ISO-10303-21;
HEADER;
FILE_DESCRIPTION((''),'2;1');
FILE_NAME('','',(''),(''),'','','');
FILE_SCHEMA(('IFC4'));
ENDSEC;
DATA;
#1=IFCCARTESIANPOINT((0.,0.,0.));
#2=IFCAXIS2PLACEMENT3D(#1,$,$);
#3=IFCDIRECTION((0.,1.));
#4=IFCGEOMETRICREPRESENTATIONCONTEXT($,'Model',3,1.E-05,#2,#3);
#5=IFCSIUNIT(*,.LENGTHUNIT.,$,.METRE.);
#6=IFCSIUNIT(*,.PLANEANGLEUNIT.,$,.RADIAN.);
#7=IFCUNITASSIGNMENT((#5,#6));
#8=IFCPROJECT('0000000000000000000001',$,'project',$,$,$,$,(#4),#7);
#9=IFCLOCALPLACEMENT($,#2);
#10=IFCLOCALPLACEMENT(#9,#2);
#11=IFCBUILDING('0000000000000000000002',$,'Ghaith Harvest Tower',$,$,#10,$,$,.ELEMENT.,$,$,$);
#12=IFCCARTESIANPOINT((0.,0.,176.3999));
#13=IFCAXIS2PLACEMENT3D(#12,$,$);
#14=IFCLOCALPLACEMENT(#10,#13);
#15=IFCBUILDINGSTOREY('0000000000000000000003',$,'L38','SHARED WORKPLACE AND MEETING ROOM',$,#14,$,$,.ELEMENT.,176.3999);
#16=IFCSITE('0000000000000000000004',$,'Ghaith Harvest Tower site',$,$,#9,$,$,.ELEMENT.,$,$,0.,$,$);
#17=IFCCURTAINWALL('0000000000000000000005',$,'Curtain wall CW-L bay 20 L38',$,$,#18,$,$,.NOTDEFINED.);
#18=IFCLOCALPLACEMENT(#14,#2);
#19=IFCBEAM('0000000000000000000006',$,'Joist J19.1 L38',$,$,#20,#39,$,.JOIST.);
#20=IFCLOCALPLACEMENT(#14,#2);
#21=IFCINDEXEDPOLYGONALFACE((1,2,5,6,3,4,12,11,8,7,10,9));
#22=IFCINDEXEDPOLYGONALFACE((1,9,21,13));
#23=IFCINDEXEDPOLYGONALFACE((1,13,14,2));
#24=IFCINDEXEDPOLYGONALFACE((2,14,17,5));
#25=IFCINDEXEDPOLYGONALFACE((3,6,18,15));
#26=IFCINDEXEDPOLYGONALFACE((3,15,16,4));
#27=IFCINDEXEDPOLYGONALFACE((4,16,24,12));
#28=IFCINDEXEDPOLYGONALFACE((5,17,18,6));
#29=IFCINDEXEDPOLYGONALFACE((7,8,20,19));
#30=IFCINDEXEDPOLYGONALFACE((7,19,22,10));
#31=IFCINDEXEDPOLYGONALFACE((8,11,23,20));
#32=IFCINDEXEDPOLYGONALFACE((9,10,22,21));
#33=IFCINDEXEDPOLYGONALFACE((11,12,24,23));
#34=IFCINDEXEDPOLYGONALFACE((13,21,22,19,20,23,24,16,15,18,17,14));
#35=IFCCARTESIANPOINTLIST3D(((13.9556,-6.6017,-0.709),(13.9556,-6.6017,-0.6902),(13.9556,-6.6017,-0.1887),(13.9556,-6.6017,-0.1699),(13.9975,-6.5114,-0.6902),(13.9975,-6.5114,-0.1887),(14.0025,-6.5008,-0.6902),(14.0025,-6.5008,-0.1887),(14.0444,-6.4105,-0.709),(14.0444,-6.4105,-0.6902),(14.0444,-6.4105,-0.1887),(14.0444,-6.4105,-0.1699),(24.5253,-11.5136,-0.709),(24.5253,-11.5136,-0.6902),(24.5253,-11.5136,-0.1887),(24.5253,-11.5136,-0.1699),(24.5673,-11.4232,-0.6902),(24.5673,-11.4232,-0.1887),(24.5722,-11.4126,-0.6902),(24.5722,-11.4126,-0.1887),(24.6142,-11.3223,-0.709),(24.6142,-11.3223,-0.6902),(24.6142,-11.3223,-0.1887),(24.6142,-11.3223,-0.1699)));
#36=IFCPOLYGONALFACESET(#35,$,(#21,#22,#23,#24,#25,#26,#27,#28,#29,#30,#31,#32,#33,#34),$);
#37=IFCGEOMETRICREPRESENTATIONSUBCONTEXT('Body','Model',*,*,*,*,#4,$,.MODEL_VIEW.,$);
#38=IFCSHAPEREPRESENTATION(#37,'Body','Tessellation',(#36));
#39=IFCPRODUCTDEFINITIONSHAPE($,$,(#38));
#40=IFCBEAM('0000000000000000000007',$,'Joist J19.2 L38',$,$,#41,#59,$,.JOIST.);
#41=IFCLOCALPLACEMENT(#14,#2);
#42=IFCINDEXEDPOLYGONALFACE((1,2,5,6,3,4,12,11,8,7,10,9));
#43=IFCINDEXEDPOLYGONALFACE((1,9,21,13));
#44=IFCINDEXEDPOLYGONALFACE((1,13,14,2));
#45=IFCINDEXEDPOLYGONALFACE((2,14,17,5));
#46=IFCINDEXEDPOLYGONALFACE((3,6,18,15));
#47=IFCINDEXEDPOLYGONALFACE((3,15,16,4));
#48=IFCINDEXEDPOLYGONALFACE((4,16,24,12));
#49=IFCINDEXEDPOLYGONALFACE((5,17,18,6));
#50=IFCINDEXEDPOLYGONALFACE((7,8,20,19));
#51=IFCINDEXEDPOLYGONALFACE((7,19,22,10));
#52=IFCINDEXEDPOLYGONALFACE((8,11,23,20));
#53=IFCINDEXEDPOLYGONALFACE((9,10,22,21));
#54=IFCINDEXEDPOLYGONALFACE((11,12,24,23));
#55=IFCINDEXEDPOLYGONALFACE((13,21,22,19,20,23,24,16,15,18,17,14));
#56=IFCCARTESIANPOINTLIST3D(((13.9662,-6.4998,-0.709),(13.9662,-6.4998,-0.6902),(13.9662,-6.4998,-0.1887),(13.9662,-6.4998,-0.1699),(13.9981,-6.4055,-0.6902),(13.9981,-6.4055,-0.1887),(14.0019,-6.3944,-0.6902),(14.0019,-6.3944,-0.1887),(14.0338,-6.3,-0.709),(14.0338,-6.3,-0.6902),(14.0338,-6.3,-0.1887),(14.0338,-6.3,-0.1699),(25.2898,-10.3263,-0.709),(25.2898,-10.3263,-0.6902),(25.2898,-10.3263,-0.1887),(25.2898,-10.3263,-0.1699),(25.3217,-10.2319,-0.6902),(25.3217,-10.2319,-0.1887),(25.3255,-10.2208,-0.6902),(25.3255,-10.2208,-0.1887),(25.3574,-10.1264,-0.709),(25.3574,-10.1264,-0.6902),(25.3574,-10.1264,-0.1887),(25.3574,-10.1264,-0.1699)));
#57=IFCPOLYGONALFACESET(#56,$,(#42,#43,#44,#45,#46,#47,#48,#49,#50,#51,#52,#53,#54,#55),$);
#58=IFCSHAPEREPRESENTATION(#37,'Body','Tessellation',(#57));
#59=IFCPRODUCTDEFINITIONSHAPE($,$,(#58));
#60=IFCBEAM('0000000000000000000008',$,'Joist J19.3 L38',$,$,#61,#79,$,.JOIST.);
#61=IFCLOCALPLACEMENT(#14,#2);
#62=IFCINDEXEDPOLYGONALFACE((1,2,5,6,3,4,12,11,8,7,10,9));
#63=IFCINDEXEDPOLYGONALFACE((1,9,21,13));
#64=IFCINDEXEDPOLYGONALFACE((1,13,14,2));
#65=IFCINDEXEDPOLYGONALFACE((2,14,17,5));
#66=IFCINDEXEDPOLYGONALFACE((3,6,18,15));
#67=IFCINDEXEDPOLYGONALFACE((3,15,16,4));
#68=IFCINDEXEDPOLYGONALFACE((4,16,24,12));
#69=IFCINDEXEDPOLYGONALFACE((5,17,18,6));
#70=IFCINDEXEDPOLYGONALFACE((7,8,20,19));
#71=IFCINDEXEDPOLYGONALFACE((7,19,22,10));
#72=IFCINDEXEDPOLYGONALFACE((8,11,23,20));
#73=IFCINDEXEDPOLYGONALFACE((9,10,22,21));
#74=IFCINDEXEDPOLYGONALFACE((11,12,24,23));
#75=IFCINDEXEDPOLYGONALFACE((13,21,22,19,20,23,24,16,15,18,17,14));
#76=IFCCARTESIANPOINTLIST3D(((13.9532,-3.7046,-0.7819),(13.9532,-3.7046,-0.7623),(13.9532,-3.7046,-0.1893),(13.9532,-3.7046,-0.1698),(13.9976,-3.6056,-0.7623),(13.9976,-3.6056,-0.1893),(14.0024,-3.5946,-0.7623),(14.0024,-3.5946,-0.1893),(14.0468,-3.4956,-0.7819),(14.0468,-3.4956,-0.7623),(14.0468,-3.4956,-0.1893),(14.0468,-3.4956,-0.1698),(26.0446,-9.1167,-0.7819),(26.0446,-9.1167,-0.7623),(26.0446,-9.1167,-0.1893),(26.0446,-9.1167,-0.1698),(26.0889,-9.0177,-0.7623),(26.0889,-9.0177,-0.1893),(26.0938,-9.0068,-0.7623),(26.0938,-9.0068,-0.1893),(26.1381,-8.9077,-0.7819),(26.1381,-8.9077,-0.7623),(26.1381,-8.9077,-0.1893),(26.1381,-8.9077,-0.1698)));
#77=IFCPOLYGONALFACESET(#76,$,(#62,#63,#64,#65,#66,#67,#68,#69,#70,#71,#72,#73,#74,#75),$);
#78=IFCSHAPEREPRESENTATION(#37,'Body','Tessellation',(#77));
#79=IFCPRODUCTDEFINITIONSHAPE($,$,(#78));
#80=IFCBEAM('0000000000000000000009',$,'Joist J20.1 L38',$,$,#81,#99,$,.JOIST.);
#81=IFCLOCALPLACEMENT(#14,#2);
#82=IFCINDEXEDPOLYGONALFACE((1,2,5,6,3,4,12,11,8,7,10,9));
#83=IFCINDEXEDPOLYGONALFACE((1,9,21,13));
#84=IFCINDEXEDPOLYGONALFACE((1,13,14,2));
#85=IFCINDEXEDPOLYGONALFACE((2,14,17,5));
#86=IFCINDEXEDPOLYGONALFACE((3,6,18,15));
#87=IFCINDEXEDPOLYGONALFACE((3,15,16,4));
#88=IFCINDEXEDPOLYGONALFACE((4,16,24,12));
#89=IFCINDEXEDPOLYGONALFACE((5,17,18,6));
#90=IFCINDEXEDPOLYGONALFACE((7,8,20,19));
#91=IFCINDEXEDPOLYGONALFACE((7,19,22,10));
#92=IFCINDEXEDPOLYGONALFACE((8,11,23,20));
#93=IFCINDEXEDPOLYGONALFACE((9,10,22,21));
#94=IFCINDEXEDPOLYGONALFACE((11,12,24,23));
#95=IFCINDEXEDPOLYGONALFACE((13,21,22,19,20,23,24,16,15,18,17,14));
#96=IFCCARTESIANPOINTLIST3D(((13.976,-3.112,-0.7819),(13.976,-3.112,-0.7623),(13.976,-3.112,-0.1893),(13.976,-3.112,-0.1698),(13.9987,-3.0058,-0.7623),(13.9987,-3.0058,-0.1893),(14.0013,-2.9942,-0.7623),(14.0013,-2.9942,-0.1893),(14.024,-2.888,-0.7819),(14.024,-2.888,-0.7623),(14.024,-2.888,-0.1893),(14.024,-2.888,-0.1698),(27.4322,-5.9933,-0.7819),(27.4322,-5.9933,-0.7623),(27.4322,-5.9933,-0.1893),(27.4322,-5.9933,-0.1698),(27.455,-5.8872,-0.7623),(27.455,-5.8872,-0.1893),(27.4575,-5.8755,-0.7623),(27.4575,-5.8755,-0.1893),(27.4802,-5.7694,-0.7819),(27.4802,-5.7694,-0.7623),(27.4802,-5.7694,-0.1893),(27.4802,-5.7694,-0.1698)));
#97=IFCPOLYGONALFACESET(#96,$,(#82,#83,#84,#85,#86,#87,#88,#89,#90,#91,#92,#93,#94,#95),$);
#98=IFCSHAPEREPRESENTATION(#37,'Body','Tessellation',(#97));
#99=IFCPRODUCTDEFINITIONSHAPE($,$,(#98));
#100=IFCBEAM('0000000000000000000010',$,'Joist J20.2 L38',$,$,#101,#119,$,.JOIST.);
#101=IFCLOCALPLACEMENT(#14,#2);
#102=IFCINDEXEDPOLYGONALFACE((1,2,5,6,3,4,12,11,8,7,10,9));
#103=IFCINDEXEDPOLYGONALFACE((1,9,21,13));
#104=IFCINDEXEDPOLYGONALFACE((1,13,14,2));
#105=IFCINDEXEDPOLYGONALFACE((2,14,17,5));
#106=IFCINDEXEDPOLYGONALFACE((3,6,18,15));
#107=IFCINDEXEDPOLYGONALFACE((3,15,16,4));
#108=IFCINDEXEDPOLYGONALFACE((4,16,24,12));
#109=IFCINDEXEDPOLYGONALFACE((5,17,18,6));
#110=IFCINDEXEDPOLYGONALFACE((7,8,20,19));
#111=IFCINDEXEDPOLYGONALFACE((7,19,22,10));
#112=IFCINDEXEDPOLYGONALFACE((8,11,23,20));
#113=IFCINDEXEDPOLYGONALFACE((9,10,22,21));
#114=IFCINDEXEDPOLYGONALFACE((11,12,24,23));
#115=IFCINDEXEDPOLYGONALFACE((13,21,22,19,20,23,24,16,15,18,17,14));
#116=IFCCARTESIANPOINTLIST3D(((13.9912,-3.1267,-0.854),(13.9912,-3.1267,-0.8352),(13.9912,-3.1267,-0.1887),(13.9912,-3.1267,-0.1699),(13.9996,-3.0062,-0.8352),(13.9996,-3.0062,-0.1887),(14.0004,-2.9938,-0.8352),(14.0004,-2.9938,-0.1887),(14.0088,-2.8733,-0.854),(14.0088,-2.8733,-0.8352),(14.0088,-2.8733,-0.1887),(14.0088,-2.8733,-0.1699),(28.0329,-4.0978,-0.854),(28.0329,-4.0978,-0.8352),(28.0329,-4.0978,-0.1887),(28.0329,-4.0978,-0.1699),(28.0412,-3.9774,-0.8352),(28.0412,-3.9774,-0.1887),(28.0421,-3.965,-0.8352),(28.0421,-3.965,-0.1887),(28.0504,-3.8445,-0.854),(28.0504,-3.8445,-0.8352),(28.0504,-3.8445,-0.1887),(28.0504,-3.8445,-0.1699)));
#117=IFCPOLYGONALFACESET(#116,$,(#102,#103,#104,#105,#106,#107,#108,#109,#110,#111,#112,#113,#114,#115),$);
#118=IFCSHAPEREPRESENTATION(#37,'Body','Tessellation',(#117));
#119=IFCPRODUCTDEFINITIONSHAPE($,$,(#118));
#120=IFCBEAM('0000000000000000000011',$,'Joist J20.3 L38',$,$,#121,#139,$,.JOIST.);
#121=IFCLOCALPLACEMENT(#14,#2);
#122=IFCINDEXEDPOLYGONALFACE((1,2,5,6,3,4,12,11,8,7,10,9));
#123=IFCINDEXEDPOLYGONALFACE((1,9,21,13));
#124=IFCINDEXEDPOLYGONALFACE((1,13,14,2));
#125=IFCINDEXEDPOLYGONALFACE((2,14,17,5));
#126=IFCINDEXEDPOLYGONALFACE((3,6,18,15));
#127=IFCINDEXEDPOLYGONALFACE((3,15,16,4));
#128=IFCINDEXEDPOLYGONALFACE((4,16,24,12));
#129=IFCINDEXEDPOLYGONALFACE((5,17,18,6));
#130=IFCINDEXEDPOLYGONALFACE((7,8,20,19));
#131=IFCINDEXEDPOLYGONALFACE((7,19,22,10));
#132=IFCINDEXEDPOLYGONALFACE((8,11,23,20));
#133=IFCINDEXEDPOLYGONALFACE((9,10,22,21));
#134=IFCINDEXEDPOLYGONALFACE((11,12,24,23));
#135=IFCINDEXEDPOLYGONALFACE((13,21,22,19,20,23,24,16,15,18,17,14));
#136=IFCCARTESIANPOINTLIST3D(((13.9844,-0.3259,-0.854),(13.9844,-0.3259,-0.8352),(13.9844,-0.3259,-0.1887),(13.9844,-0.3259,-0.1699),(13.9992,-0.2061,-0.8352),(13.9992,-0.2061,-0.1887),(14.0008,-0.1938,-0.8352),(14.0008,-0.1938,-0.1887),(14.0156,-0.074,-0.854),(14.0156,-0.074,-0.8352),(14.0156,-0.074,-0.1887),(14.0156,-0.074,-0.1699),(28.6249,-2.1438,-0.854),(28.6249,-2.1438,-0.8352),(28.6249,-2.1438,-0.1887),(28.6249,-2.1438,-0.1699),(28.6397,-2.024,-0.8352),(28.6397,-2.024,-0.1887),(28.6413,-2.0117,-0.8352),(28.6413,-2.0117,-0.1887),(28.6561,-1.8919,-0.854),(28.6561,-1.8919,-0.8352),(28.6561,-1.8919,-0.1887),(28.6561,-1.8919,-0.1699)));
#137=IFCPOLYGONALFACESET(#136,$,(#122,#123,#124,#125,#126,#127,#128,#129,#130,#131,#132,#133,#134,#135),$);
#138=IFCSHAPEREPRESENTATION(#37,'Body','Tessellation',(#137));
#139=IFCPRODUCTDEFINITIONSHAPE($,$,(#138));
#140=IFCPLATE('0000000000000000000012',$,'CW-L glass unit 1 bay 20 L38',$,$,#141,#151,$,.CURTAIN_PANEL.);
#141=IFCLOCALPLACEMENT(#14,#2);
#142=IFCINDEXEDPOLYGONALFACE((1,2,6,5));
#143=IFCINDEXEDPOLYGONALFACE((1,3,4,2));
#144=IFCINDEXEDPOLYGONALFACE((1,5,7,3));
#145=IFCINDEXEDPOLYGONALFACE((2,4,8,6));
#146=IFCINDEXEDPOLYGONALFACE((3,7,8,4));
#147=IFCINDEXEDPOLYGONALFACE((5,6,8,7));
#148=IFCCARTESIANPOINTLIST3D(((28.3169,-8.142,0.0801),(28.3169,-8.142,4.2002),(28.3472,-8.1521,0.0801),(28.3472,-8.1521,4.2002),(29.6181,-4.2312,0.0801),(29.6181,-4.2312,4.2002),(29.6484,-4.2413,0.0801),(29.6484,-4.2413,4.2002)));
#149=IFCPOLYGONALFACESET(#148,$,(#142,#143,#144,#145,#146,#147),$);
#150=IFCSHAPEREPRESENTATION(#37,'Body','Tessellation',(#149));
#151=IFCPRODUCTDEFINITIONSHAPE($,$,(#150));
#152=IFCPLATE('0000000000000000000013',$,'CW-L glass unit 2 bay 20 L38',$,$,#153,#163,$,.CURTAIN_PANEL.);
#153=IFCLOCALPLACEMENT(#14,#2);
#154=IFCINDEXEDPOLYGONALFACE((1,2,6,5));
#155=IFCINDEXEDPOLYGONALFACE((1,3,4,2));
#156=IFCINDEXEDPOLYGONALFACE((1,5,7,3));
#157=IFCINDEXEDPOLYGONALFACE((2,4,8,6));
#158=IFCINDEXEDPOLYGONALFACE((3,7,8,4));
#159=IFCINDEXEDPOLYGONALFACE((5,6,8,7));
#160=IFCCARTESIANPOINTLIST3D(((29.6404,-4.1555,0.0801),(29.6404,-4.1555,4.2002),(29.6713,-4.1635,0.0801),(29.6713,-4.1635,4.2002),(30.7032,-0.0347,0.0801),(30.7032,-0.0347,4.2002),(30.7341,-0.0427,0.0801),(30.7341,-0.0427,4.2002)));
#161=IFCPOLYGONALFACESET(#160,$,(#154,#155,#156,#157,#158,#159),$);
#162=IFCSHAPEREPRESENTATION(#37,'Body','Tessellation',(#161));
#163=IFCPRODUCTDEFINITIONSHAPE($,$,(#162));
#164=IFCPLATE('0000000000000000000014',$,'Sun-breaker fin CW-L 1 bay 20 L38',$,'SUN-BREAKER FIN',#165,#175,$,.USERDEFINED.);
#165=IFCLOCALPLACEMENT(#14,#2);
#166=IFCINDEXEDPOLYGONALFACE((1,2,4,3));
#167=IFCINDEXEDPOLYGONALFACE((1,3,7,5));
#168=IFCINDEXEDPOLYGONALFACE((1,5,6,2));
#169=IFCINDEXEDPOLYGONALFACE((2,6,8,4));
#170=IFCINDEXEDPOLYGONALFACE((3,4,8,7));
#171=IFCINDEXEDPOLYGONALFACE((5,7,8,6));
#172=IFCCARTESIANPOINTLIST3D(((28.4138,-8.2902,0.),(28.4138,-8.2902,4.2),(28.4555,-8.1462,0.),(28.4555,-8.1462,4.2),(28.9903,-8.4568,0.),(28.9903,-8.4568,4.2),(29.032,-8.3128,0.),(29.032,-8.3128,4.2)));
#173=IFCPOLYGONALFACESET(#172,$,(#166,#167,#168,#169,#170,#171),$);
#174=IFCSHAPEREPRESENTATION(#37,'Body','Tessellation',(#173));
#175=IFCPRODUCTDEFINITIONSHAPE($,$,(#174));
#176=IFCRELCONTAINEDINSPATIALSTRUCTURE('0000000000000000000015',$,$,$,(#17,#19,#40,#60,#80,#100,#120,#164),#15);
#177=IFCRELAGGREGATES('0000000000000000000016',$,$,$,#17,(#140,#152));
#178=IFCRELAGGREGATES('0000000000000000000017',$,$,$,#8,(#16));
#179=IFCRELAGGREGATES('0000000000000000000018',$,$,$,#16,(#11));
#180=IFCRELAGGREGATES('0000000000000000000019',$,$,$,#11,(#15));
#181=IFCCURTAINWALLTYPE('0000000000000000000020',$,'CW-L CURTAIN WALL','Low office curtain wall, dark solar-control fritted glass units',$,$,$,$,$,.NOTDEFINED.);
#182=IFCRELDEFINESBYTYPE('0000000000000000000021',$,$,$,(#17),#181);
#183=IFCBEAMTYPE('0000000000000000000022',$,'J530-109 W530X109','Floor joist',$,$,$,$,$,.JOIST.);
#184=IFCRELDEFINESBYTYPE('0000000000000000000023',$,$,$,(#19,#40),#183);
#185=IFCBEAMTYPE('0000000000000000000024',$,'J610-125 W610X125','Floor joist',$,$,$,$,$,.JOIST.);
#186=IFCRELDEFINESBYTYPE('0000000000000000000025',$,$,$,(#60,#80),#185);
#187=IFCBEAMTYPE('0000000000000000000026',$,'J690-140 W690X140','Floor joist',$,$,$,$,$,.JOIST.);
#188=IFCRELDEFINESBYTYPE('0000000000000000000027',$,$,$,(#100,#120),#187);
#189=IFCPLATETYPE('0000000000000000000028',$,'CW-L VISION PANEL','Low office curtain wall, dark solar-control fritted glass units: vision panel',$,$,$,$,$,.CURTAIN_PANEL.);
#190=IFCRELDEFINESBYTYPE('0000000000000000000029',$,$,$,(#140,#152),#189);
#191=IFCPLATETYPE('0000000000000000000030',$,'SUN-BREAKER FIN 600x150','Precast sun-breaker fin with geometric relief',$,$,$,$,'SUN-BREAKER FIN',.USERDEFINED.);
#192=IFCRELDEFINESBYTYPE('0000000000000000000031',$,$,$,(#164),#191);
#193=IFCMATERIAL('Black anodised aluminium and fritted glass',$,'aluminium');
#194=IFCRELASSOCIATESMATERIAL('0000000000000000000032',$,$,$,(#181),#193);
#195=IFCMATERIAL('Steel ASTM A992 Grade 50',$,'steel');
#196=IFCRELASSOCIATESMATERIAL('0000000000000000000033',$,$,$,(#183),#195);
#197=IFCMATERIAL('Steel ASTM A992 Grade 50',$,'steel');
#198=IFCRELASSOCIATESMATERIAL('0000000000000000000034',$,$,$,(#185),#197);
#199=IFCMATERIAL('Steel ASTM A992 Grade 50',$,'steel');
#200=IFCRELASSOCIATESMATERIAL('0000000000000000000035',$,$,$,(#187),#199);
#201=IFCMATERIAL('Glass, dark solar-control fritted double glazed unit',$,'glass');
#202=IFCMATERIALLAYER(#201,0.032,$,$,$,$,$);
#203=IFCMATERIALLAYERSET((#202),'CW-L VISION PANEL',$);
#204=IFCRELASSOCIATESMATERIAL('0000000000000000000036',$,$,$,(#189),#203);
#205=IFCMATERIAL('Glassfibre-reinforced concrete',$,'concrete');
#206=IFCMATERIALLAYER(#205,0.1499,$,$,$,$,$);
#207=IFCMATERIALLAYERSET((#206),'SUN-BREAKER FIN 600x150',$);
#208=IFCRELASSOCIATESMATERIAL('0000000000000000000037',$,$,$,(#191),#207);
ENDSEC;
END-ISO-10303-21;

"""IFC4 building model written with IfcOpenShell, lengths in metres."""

from ifc_helpers import new_model, si_unit, direction, frame, origin, origin_2d, place, context, subcontext, project, spatial, rectangle, i_section, extrude, material, layer, layer_set, material_profile, profile_set, type_object, element, aggregate, save


model = new_model("IFC4")

# Units and contexts
model_context = context("Model", 3, precision=1e-05, world=origin(), true_north=direction((0.0, 1.0)))
body_context = subcontext(model_context, "Body", "Model", "MODEL_VIEW")
ifc_project = project(units=[si_unit("LENGTHUNIT", "METRE"), si_unit("PLANEANGLEUNIT", "RADIAN")], contexts=[model_context])

# Site, building, storey
site_placement = place(None, origin())
site = spatial("IfcSite", under=ifc_project, at=site_placement, Name="Ghaith Harvest Tower site", CompositionType="ELEMENT", RefElevation=0.0)
building_placement = place(site_placement, origin())
building = spatial("IfcBuilding", under=site, at=building_placement, Name="Ghaith Harvest Tower", CompositionType="ELEMENT")
storey_placement = place(building_placement, frame((0.0, 0.0, 176.3999)))
storey = spatial("IfcBuildingStorey", under=building, at=storey_placement, Name="L38", Description="SHARED WORKPLACE AND MEETING ROOM", CompositionType="ELEMENT", Elevation=176.3999)

# Curtain wall
ifc_material_1 = material(Name="Black anodised aluminium and fritted glass", Category="aluminium")
curtain_wall_type = type_object("IfcCurtainWallType", Name="CW-L CURTAIN WALL", Description="Low office curtain wall, dark solar-control fritted glass units", PredefinedType="NOTDEFINED", material=ifc_material_1)
curtain_wall_placement = place(storey_placement, origin())
curtain_wall = element("IfcCurtainWall", 1, at=curtain_wall_placement, inside=storey, type_object=curtain_wall_type, Name="Curtain wall CW-L bay 20 L38", PredefinedType="NOTDEFINED")

# Beams
ifc_material_2 = material(Name="Steel ASTM A992 Grade 50", Category="steel")
ifc_material_profile_1 = material_profile(ifc_material_2, i_section(OverallWidth=0.2109, OverallDepth=0.5391, WebThickness=0.0117, FlangeThickness=0.0188, at=origin_2d()), Name="W530X109")
ifc_profile_set_1 = profile_set([ifc_material_profile_1], Name="Steel ASTM A992 Grade 50")
beam_type_1 = type_object("IfcBeamType", Name="J530-109 W530X109", Description="Floor joist", PredefinedType="JOIST", material=ifc_profile_set_1)
beam_1_placement = place(storey_placement, frame((14.0, -6.5061, -0.4395), z_axis=(0.906863, -0.421425, 0.0), x_axis=(0.421425, 0.906863, 0.0)))
element("IfcBeam", 2, at=beam_1_placement, inside=storey, type_object=beam_type_1, Name="Joist J19.1 L38", PredefinedType="JOIST", context=body_context, shape_type="SweptSolid", body=[
    extrude(i_section(OverallWidth=0.2109, OverallDepth=0.5391, WebThickness=0.0117, FlangeThickness=0.0188, at=origin_2d()), origin(), (0.0, 0.0, 1.0), 11.6553),
])
beam_2_placement = place(storey_placement, frame((14.0, -6.3999, -0.4395), z_axis=(0.947372, -0.320135, 0.0), x_axis=(0.320135, 0.947372, 0.0)))
element("IfcBeam", 3, at=beam_2_placement, inside=storey, type_object=beam_type_1, Name="Joist J19.2 L38", PredefinedType="JOIST", context=body_context, shape_type="SweptSolid", body=[
    extrude(i_section(OverallWidth=0.2109, OverallDepth=0.5391, WebThickness=0.0117, FlangeThickness=0.0188, at=origin_2d()), origin(), (0.0, 0.0, 1.0), 11.9526),
])
ifc_material_3 = material(Name="Steel ASTM A992 Grade 50", Category="steel")
ifc_material_profile_2 = material_profile(ifc_material_3, i_section(OverallWidth=0.229, OverallDepth=0.6121, WebThickness=0.012, FlangeThickness=0.0195, at=origin_2d()), Name="W610X125")
ifc_profile_set_2 = profile_set([ifc_material_profile_2], Name="Steel ASTM A992 Grade 50")
beam_type_2 = type_object("IfcBeamType", Name="J610-125 W610X125", Description="Floor joist", PredefinedType="JOIST", material=ifc_profile_set_2)
beam_3_placement = place(storey_placement, frame((14.0, -3.6001, -0.4758), z_axis=(0.912738, -0.408545, 0.0), x_axis=(0.408545, 0.912738, 0.0)))
element("IfcBeam", 4, at=beam_3_placement, inside=storey, type_object=beam_type_2, Name="Joist J19.3 L38", PredefinedType="JOIST", context=body_context, shape_type="SweptSolid", body=[
    extrude(i_section(OverallWidth=0.229, OverallDepth=0.6121, WebThickness=0.012, FlangeThickness=0.0195, at=origin_2d()), origin(), (0.0, 0.0, 1.0), 13.2473),
])
beam_4_placement = place(storey_placement, frame((14.0, -3.0, -0.4758), z_axis=(0.977834, -0.20938, 0.0), x_axis=(0.20938, 0.977834, 0.0)))
element("IfcBeam", 5, at=beam_4_placement, inside=storey, type_object=beam_type_2, Name="Joist J20.1 L38", PredefinedType="JOIST", context=body_context, shape_type="SweptSolid", body=[
    extrude(i_section(OverallWidth=0.229, OverallDepth=0.6121, WebThickness=0.012, FlangeThickness=0.0195, at=origin_2d()), origin(), (0.0, 0.0, 1.0), 13.7612),
])
ifc_material_4 = material(Name="Steel ASTM A992 Grade 50", Category="steel")
ifc_material_profile_3 = material_profile(ifc_material_4, i_section(OverallWidth=0.2539, OverallDepth=0.6841, WebThickness=0.0125, FlangeThickness=0.0188, at=origin_2d()), Name="W690X140")
ifc_profile_set_3 = profile_set([ifc_material_profile_3], Name="Steel ASTM A992 Grade 50")
beam_type_3 = type_object("IfcBeamType", Name="J690-140 W690X140", Description="Floor joist", PredefinedType="JOIST", material=ifc_profile_set_3)
beam_5_placement = place(storey_placement, frame((14.0, -3.0, -0.512), z_axis=(0.997617, -0.069, 0.0), x_axis=(0.069, 0.997617, 0.0)))
element("IfcBeam", 6, at=beam_5_placement, inside=storey, type_object=beam_type_3, Name="Joist J20.2 L38", PredefinedType="JOIST", context=body_context, shape_type="SweptSolid", body=[
    extrude(i_section(OverallWidth=0.2539, OverallDepth=0.6841, WebThickness=0.0125, FlangeThickness=0.0188, at=origin_2d()), origin(), (0.0, 0.0, 1.0), 14.0752),
])
beam_6_placement = place(storey_placement, frame((14.0, -0.2, -0.512), z_axis=(0.992379, -0.123222, 0.0), x_axis=(0.123222, 0.992379, 0.0)))
element("IfcBeam", 7, at=beam_6_placement, inside=storey, type_object=beam_type_3, Name="Joist J20.3 L38", PredefinedType="JOIST", context=body_context, shape_type="SweptSolid", body=[
    extrude(i_section(OverallWidth=0.2539, OverallDepth=0.6841, WebThickness=0.0125, FlangeThickness=0.0188, at=origin_2d()), origin(), (0.0, 0.0, 1.0), 14.7529),
])

# Plates
ifc_material_5 = material(Name="Glass, dark solar-control fritted double glazed unit", Category="glass")
ifc_layer_1 = layer(ifc_material_5, 0.032)
ifc_layer_set_1 = layer_set([ifc_layer_1], Name="CW-L VISION PANEL")
plate_type_1 = type_object("IfcPlateType", Name="CW-L VISION PANEL", Description="Low office curtain wall, dark solar-control fritted glass units: vision panel", PredefinedType="CURTAIN_PANEL", material=ifc_layer_set_1)
plate_1_placement = place(storey_placement, frame((28.9827, -6.1917, 0.0801), z_axis=(0.0, 0.0, 1.0), x_axis=(0.315708, 0.948856, 0.0)))
plate_1 = element("IfcPlate", 8, at=plate_1_placement, type_object=plate_type_1, Name="CW-L glass unit 1 bay 20 L38", PredefinedType="CURTAIN_PANEL", context=body_context, shape_type="SweptSolid", body=[
    extrude(rectangle(XDim=4.1216, YDim=0.032, at=origin_2d()), origin(), (0.0, 0.0, 1.0), 4.1201),
])
plate_2_placement = place(storey_placement, frame((30.1873, -2.0991, 0.0801), z_axis=(0.0, 0.0, 1.0), x_axis=(0.249744, 0.968312, 0.0)))
plate_2 = element("IfcPlate", 9, at=plate_2_placement, type_object=plate_type_1, Name="CW-L glass unit 2 bay 20 L38", PredefinedType="CURTAIN_PANEL", context=body_context, shape_type="SweptSolid", body=[
    extrude(rectangle(XDim=4.2556, YDim=0.032, at=origin_2d()), origin(), (0.0, 0.0, 1.0), 4.1201),
])
aggregate(curtain_wall, [plate_1, plate_2])
ifc_material_6 = material(Name="Glassfibre-reinforced concrete", Category="concrete")
ifc_layer_2 = layer(ifc_material_6, 0.1499)
ifc_layer_set_2 = layer_set([ifc_layer_2], Name="SUN-BREAKER FIN 600x150")
plate_type_2 = type_object("IfcPlateType", Name="SUN-BREAKER FIN 600x150", Description="Precast sun-breaker fin with geometric relief", ElementType="SUN-BREAKER FIN", PredefinedType="USERDEFINED", material=ifc_layer_set_2)
plate_3_placement = place(storey_placement, frame((28.7229, -8.3015, 0.0), z_axis=(0.0, 0.0, 1.0), x_axis=(0.96068, -0.277657, 0.0)))
element("IfcPlate", 10, at=plate_3_placement, inside=storey, type_object=plate_type_2, Name="Sun-breaker fin CW-L 1 bay 20 L38", ObjectType="SUN-BREAKER FIN", PredefinedType="USERDEFINED", context=body_context, shape_type="SweptSolid", body=[
    extrude(rectangle(XDim=0.6001, YDim=0.1499, at=origin_2d()), origin(), (0.0, 0.0, 1.0), 4.2),
])

save(model, "model.ifc")
